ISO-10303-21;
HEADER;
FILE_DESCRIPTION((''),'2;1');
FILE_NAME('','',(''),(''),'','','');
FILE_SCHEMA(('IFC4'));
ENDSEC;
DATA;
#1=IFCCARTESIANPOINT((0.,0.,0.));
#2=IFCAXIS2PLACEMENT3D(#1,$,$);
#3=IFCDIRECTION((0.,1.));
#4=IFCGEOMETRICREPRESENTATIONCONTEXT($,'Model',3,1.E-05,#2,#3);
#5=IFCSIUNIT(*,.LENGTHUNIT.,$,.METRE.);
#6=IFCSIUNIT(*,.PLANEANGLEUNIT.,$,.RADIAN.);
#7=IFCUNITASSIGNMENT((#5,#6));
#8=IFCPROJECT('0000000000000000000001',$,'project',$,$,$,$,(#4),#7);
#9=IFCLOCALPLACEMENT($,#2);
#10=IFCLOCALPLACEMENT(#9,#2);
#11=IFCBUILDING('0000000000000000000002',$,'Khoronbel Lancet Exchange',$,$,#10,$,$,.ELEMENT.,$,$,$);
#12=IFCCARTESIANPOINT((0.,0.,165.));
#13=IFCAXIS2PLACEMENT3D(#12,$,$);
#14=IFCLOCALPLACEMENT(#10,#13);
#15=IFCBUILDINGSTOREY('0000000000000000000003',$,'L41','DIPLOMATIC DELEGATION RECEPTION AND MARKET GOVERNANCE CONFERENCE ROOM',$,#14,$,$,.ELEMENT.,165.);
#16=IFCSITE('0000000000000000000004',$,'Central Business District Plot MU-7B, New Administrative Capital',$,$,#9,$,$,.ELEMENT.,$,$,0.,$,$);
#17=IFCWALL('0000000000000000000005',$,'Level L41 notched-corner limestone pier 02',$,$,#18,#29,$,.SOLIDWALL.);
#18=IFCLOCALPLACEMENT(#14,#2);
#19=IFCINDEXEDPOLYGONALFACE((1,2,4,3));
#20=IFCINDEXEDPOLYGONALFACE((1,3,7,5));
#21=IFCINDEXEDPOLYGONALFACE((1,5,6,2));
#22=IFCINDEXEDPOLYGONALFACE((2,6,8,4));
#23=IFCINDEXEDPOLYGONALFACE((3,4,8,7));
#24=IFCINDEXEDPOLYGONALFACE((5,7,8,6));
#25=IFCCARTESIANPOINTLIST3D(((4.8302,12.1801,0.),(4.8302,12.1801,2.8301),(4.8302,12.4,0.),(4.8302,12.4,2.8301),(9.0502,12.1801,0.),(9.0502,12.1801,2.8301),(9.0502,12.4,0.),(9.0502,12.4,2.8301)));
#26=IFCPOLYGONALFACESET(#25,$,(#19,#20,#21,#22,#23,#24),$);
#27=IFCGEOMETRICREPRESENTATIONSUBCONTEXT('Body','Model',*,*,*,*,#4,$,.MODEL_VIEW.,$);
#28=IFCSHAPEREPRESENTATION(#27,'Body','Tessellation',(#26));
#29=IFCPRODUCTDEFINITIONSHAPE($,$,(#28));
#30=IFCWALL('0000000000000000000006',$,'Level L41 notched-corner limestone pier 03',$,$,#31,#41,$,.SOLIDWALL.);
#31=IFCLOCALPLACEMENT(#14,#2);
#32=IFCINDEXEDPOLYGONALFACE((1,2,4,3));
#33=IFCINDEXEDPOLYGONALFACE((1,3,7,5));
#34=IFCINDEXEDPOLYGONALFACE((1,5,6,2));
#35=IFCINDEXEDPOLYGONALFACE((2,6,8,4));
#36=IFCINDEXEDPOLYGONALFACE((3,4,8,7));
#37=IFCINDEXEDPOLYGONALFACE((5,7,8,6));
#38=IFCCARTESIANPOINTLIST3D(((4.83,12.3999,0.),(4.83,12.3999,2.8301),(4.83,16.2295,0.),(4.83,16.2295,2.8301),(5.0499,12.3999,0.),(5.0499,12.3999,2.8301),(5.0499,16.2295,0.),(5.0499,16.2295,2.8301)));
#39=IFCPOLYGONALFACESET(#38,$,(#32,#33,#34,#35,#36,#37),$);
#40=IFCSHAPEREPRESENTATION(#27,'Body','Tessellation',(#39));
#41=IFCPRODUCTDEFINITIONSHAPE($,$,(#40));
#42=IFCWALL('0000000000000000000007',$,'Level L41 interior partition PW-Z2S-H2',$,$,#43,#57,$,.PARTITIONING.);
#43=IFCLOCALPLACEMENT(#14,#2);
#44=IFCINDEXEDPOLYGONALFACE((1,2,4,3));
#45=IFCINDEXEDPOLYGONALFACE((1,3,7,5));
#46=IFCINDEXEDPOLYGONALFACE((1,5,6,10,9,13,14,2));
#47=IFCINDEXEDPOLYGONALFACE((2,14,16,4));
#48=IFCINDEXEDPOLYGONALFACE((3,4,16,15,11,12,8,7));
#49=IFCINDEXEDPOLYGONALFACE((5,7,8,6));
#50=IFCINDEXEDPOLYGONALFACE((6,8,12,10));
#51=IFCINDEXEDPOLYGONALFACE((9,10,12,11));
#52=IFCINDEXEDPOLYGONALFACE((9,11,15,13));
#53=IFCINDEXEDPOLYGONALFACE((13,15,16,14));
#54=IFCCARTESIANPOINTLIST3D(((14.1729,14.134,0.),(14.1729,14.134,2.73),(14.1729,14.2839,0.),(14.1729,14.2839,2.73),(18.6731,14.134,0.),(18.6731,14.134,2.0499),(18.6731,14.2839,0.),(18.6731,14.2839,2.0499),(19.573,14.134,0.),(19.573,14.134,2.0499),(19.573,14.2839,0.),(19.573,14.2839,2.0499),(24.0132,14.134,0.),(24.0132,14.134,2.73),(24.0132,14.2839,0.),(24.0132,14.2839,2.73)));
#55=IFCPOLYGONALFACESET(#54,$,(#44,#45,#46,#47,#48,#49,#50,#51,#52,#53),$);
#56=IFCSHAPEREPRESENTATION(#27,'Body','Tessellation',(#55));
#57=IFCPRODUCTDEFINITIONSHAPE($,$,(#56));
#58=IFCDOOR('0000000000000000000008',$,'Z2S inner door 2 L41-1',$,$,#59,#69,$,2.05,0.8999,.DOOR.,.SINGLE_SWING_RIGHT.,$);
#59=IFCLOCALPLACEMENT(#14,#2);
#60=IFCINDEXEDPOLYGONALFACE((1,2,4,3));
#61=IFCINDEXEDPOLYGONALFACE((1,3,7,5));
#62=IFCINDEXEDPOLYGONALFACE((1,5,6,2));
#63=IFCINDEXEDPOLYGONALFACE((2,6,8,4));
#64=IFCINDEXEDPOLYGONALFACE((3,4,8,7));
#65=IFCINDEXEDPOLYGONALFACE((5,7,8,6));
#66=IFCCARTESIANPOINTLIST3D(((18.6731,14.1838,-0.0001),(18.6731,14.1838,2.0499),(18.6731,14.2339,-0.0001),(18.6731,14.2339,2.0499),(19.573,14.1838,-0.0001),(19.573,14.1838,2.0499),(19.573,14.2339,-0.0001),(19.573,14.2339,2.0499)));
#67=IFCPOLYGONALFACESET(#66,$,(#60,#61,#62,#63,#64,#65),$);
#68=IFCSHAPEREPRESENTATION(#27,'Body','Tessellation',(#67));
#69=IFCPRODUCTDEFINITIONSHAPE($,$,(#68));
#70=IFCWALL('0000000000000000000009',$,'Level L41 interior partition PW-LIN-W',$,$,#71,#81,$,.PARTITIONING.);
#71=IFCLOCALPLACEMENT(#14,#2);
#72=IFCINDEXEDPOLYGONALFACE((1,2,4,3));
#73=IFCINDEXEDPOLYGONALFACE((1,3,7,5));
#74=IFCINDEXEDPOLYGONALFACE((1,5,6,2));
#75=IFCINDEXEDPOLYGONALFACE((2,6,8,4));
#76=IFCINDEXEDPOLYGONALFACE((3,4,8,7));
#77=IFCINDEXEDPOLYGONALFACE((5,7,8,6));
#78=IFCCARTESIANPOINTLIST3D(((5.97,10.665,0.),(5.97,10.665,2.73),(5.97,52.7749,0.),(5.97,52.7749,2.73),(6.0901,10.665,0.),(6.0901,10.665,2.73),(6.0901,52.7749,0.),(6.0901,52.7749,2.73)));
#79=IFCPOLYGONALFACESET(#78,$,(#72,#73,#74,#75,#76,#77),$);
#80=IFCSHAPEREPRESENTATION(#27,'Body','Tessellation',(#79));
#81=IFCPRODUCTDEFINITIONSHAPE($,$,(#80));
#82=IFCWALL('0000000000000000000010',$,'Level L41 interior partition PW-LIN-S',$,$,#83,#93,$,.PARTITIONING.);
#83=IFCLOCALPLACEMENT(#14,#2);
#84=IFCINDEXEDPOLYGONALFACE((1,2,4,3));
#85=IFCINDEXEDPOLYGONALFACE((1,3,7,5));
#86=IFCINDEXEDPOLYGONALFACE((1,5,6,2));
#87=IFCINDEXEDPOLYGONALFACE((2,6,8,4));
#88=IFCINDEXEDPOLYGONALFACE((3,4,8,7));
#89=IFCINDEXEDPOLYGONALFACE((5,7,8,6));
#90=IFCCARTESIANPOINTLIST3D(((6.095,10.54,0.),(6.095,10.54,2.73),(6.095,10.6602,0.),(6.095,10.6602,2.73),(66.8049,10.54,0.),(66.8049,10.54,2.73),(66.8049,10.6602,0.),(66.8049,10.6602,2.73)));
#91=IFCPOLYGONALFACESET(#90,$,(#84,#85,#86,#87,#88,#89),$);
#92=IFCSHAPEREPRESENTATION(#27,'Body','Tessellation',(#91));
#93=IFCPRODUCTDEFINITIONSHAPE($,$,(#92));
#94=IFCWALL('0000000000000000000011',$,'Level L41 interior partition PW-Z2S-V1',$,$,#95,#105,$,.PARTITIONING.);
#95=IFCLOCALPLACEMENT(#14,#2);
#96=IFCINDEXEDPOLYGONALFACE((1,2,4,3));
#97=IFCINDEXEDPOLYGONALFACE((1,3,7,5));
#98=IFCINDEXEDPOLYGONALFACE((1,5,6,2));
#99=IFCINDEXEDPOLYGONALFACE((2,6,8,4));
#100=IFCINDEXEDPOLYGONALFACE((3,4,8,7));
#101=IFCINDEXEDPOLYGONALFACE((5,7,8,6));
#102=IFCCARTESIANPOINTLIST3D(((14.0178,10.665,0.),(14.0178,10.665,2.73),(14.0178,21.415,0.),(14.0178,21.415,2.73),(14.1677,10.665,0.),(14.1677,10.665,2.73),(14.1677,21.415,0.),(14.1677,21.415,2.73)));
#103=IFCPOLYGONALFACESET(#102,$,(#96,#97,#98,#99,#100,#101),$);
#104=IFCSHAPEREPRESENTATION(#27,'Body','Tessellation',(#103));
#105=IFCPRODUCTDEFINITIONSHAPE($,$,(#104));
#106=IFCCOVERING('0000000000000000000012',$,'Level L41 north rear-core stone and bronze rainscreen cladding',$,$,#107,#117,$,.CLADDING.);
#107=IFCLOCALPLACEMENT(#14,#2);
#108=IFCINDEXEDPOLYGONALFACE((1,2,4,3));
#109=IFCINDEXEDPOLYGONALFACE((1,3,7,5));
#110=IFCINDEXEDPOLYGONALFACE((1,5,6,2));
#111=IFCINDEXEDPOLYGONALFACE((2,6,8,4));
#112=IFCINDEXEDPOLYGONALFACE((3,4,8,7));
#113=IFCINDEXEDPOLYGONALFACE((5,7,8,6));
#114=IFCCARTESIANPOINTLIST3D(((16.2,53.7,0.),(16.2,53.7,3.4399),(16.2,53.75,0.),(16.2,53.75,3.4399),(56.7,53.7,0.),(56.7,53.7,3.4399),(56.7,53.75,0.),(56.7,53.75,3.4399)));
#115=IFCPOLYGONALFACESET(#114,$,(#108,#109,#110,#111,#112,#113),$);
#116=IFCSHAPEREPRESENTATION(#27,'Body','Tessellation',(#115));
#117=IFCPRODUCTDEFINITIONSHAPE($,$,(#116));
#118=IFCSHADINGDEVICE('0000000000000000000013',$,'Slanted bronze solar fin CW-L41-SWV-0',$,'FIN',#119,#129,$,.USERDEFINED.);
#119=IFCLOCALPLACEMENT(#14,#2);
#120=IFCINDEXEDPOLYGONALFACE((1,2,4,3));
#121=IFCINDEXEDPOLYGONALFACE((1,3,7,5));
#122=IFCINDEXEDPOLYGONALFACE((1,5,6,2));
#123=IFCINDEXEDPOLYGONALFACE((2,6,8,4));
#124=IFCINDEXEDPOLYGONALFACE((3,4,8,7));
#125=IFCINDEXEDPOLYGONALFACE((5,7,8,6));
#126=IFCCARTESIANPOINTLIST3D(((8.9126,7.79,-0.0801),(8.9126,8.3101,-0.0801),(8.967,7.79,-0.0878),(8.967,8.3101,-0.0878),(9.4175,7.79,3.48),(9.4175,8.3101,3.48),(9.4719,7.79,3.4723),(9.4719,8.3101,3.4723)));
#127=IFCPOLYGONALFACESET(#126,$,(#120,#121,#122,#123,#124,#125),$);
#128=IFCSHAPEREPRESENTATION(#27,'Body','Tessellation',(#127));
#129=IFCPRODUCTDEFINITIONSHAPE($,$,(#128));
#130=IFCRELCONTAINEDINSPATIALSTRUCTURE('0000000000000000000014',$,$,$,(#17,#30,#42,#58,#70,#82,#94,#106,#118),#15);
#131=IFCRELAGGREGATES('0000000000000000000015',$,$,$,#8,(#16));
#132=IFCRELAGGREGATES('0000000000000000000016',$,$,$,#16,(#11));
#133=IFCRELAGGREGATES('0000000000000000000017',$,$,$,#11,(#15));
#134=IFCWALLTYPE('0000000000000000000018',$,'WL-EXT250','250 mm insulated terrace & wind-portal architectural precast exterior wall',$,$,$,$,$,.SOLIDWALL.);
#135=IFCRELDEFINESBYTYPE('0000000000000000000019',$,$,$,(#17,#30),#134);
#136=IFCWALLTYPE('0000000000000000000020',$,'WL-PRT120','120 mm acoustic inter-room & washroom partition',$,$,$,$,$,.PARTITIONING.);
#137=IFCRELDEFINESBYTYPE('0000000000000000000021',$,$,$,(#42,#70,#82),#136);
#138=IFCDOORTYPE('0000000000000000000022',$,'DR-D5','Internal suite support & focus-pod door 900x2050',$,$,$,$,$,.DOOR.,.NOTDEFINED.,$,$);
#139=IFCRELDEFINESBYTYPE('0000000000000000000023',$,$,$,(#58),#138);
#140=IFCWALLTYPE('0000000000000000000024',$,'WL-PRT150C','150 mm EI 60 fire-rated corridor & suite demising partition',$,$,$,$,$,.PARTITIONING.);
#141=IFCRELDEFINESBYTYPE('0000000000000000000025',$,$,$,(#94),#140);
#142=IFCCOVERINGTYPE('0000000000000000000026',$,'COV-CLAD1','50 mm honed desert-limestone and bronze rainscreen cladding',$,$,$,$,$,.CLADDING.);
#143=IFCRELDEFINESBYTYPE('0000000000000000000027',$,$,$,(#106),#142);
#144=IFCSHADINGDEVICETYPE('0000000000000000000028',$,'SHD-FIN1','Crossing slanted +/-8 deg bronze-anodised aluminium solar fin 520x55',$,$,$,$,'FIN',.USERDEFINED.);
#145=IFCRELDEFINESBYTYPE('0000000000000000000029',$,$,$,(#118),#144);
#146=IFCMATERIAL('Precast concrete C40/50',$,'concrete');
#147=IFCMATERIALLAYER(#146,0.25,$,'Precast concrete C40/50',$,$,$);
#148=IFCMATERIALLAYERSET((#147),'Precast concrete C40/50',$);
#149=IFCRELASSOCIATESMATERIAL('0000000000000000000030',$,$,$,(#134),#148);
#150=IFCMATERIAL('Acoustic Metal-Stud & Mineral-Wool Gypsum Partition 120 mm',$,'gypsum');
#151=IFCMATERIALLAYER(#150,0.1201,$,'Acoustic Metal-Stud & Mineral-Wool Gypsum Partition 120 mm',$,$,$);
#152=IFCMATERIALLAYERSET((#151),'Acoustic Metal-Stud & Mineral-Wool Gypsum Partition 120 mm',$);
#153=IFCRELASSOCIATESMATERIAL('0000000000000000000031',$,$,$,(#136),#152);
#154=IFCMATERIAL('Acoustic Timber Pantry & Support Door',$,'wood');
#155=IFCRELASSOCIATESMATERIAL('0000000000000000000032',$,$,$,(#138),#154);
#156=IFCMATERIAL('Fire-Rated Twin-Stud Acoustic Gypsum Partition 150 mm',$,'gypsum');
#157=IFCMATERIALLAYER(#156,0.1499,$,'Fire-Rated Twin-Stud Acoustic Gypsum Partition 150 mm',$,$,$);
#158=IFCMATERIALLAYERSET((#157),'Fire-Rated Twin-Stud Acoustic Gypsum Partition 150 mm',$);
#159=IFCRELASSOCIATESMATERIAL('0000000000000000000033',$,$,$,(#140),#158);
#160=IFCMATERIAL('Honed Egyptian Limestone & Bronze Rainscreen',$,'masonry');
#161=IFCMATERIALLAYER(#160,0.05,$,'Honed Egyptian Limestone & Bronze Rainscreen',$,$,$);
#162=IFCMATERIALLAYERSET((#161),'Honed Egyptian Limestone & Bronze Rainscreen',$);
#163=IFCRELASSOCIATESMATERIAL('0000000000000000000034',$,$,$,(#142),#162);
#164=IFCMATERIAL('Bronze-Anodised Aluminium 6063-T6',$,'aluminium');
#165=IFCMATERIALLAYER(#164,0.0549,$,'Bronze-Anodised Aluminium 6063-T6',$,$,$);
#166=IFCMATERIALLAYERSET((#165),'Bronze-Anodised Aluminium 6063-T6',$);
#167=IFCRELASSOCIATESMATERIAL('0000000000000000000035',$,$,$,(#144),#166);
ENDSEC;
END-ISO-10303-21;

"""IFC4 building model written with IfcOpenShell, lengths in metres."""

from ifc_helpers import new_model, si_unit, direction, frame, frame_2d, origin, place, context, subcontext, project, spatial, polyline, rectangle, outline, extrude, material, layer, layer_set, type_object, element, fill, save


model = new_model("IFC4")

# Units and contexts
model_context = context("Model", 3, precision=1e-05, world=origin(), true_north=direction((0.0, 1.0)))
body_context = subcontext(model_context, "Body", "Model", "MODEL_VIEW")
ifc_project = project(units=[si_unit("LENGTHUNIT", "METRE"), si_unit("PLANEANGLEUNIT", "RADIAN")], contexts=[model_context])

# Site, building, storey
site_placement = place(None, origin())
site = spatial("IfcSite", under=ifc_project, at=site_placement, Name="Central Business District Plot MU-7B, New Administrative Capital", CompositionType="ELEMENT", RefElevation=0.0)
building_placement = place(site_placement, origin())
building = spatial("IfcBuilding", under=site, at=building_placement, Name="Khoronbel Lancet Exchange", CompositionType="ELEMENT")
storey_placement = place(building_placement, frame((0.0, 0.0, 165.0)))
storey = spatial("IfcBuildingStorey", under=building, at=storey_placement, Name="L41", Description="DIPLOMATIC DELEGATION RECEPTION AND MARKET GOVERNANCE CONFERENCE ROOM", CompositionType="ELEMENT", Elevation=165.0)

# Shared definitions
ifc_material_1 = material(Name="Bronze-Anodised Aluminium 6063-T6", Category="aluminium")

# Walls
ifc_material_2 = material(Name="Precast concrete C40/50", Category="concrete")
ifc_layer_1 = layer(ifc_material_2, 0.25, Name="Precast concrete C40/50")
ifc_layer_set_1 = layer_set([ifc_layer_1], Name="Precast concrete C40/50")
wall_type_1 = type_object("IfcWallType", Name="WL-EXT250", Description="250 mm insulated terrace & wind-portal architectural precast exterior wall", PredefinedType="SOLIDWALL", material=ifc_layer_set_1)
wall_1_placement = place(storey_placement, frame((9.05, 12.29, 0.0), z_axis=(0.0, 0.0, 1.0), x_axis=(-1.0, 0.0, 0.0)))
element("IfcWall", 1, at=wall_1_placement, inside=storey, type_object=wall_type_1, Name="Level L41 notched-corner limestone pier 02", PredefinedType="SOLIDWALL", context=body_context, shape_type="SweptSolid", body=[
    extrude(rectangle(XDim=4.22, YDim=0.22, at=frame_2d((2.1099, 0.0))), origin(), (0.0, 0.0, 1.0), 2.8301),
])
wall_2_placement = place(storey_placement, frame((4.9399, 12.3999, 0.0), z_axis=(0.0, 0.0, 1.0), x_axis=(0.0, 1.0, 0.0)))
element("IfcWall", 2, at=wall_2_placement, inside=storey, type_object=wall_type_1, Name="Level L41 notched-corner limestone pier 03", PredefinedType="SOLIDWALL", context=body_context, shape_type="SweptSolid", body=[
    extrude(rectangle(XDim=3.8296, YDim=0.22, at=frame_2d((1.9148, 0.0))), origin(), (0.0, 0.0, 1.0), 2.8301),
])

# Wall, opening, door
ifc_material_3 = material(Name="Acoustic Metal-Stud & Mineral-Wool Gypsum Partition 120 mm", Category="gypsum")
ifc_layer_2 = layer(ifc_material_3, 0.1201, Name="Acoustic Metal-Stud & Mineral-Wool Gypsum Partition 120 mm")
ifc_layer_set_2 = layer_set([ifc_layer_2], Name="Acoustic Metal-Stud & Mineral-Wool Gypsum Partition 120 mm")
wall_type_2 = type_object("IfcWallType", Name="WL-PRT120", Description="120 mm acoustic inter-room & washroom partition", PredefinedType="PARTITIONING", material=ifc_layer_set_2)
wall_3_placement = place(storey_placement, frame((14.1729, 14.209, 0.0), z_axis=(0.0, 0.0, 1.0), x_axis=(1.0, 0.0, 0.0)))
wall_3 = element("IfcWall", 3, at=wall_3_placement, inside=storey, type_object=wall_type_2, Name="Level L41 interior partition PW-Z2S-H2", PredefinedType="PARTITIONING", context=body_context, shape_type="SweptSolid", body=[
    extrude(rectangle(XDim=9.8403, YDim=0.1499, at=frame_2d((4.9202, 0.0))), origin(), (0.0, 0.0, 1.0), 2.73),
])
opening_placement = place(wall_3_placement, frame((4.5002, 0.0, 0.0)))
opening = element("IfcOpeningElement", 4, at=opening_placement, cuts=wall_3, PredefinedType="OPENING", context=body_context, shape_type="SweptSolid", body=[
    extrude(rectangle(XDim=0.8999, YDim=2.05, at=frame_2d((0.45, 1.0249))), frame((0.0, 0.085, 0.0), z_axis=(0.0, -1.0, 0.0), x_axis=(1.0, 0.0, 0.0)), (0.0, 0.0, 1.0), 0.1699),
])
ifc_material_4 = material(Name="Acoustic Timber Pantry & Support Door", Category="wood")
door_type = type_object("IfcDoorType", Name="DR-D5", Description="Internal suite support & focus-pod door 900x2050", OperationType="NOTDEFINED", PredefinedType="DOOR", material=ifc_material_4)
door_placement = place(opening_placement, origin())
door = element("IfcDoor", 5, at=door_placement, inside=storey, type_object=door_type, Name="Z2S inner door 2 L41-1", OperationType="SINGLE_SWING_RIGHT", OverallHeight=2.05, OverallWidth=0.8999, PredefinedType="DOOR", context=body_context, shape_type="SweptSolid", body=[
    extrude(rectangle(XDim=0.8999, YDim=2.05, at=frame_2d((0.45, 1.0249))), frame((0.0, 0.0249, 0.0), z_axis=(0.0, -1.0, 0.0), x_axis=(1.0, 0.0, 0.0)), (0.0, 0.0, 1.0), 0.05),
])
fill(opening, door)

# Walls
wall_4_placement = place(storey_placement, frame((6.03, 10.665, 0.0), z_axis=(0.0, 0.0, 1.0), x_axis=(0.0, 1.0, 0.0)))
element("IfcWall", 6, at=wall_4_placement, inside=storey, type_object=wall_type_2, Name="Level L41 interior partition PW-LIN-W", PredefinedType="PARTITIONING", context=body_context, shape_type="SweptSolid", body=[
    extrude(rectangle(XDim=42.1099, YDim=0.1201, at=frame_2d((21.0549, 0.0))), origin(), (0.0, 0.0, 1.0), 2.73),
])
wall_5_placement = place(storey_placement, frame((6.095, 10.6001, 0.0), z_axis=(0.0, 0.0, 1.0), x_axis=(1.0, 0.0, 0.0)))
element("IfcWall", 7, at=wall_5_placement, inside=storey, type_object=wall_type_2, Name="Level L41 interior partition PW-LIN-S", PredefinedType="PARTITIONING", context=body_context, shape_type="SweptSolid", body=[
    extrude(rectangle(XDim=60.71, YDim=0.1201, at=frame_2d((30.355, 0.0))), origin(), (0.0, 0.0, 1.0), 2.73),
])
ifc_material_5 = material(Name="Fire-Rated Twin-Stud Acoustic Gypsum Partition 150 mm", Category="gypsum")
ifc_layer_3 = layer(ifc_material_5, 0.1499, Name="Fire-Rated Twin-Stud Acoustic Gypsum Partition 150 mm")
ifc_layer_set_3 = layer_set([ifc_layer_3], Name="Fire-Rated Twin-Stud Acoustic Gypsum Partition 150 mm")
wall_type_3 = type_object("IfcWallType", Name="WL-PRT150C", Description="150 mm EI 60 fire-rated corridor & suite demising partition", PredefinedType="PARTITIONING", material=ifc_layer_set_3)
wall_6_placement = place(storey_placement, frame((14.0928, 10.665, 0.0), z_axis=(0.0, 0.0, 1.0), x_axis=(0.0, 1.0, 0.0)))
element("IfcWall", 8, at=wall_6_placement, inside=storey, type_object=wall_type_3, Name="Level L41 interior partition PW-Z2S-V1", PredefinedType="PARTITIONING", context=body_context, shape_type="SweptSolid", body=[
    extrude(rectangle(XDim=10.75, YDim=0.1499, at=frame_2d((5.375, 0.0))), origin(), (0.0, 0.0, 1.0), 2.73),
])

# Covering
ifc_material_6 = material(Name="Honed Egyptian Limestone & Bronze Rainscreen", Category="masonry")
ifc_layer_4 = layer(ifc_material_6, 0.05, Name="Honed Egyptian Limestone & Bronze Rainscreen")
ifc_layer_set_4 = layer_set([ifc_layer_4], Name="Honed Egyptian Limestone & Bronze Rainscreen")
covering_type = type_object("IfcCoveringType", Name="COV-CLAD1", Description="50 mm honed desert-limestone and bronze rainscreen cladding", PredefinedType="CLADDING", material=ifc_layer_set_4)
covering_placement = place(storey_placement, origin())
element("IfcCovering", 9, at=covering_placement, inside=storey, type_object=covering_type, Name="Level L41 north rear-core stone and bronze rainscreen cladding", PredefinedType="CLADDING", context=body_context, shape_type="SweptSolid", body=[
    extrude(outline(polyline([(16.2, 53.7), (56.7, 53.7), (56.7, 53.75), (16.2, 53.75), (16.2, 53.7)])), origin(), (0.0, 0.0, 1.0), 3.4399),
])

# Shading device
ifc_layer_5 = layer(ifc_material_1, 0.0549, Name="Bronze-Anodised Aluminium 6063-T6")
ifc_layer_set_5 = layer_set([ifc_layer_5], Name="Bronze-Anodised Aluminium 6063-T6")
shading_device_type = type_object("IfcShadingDeviceType", Name="SHD-FIN1", Description="Crossing slanted +/-8 deg bronze-anodised aluminium solar fin 520x55", ElementType="FIN", PredefinedType="USERDEFINED", material=ifc_layer_set_5)
shading_device_placement = place(storey_placement, frame((8.9126, 8.3101, -0.0801), z_axis=(-0.990093, 0.0, 0.140414), x_axis=(0.0, -1.0, 0.0)))
element("IfcShadingDevice", 10, at=shading_device_placement, inside=storey, type_object=shading_device_type, Name="Slanted bronze solar fin CW-L41-SWV-0", ObjectType="FIN", PredefinedType="USERDEFINED", context=body_context, shape_type="SweptSolid", body=[
    extrude(outline(polyline([(0.0, 0.0), (0.52, 0.0), (0.52, 3.5957), (0.0, 3.5957), (0.0, 0.0)])), origin(), (0.0, 0.0, -1.0), 0.0549),
])

save(model, "model.ifc")
